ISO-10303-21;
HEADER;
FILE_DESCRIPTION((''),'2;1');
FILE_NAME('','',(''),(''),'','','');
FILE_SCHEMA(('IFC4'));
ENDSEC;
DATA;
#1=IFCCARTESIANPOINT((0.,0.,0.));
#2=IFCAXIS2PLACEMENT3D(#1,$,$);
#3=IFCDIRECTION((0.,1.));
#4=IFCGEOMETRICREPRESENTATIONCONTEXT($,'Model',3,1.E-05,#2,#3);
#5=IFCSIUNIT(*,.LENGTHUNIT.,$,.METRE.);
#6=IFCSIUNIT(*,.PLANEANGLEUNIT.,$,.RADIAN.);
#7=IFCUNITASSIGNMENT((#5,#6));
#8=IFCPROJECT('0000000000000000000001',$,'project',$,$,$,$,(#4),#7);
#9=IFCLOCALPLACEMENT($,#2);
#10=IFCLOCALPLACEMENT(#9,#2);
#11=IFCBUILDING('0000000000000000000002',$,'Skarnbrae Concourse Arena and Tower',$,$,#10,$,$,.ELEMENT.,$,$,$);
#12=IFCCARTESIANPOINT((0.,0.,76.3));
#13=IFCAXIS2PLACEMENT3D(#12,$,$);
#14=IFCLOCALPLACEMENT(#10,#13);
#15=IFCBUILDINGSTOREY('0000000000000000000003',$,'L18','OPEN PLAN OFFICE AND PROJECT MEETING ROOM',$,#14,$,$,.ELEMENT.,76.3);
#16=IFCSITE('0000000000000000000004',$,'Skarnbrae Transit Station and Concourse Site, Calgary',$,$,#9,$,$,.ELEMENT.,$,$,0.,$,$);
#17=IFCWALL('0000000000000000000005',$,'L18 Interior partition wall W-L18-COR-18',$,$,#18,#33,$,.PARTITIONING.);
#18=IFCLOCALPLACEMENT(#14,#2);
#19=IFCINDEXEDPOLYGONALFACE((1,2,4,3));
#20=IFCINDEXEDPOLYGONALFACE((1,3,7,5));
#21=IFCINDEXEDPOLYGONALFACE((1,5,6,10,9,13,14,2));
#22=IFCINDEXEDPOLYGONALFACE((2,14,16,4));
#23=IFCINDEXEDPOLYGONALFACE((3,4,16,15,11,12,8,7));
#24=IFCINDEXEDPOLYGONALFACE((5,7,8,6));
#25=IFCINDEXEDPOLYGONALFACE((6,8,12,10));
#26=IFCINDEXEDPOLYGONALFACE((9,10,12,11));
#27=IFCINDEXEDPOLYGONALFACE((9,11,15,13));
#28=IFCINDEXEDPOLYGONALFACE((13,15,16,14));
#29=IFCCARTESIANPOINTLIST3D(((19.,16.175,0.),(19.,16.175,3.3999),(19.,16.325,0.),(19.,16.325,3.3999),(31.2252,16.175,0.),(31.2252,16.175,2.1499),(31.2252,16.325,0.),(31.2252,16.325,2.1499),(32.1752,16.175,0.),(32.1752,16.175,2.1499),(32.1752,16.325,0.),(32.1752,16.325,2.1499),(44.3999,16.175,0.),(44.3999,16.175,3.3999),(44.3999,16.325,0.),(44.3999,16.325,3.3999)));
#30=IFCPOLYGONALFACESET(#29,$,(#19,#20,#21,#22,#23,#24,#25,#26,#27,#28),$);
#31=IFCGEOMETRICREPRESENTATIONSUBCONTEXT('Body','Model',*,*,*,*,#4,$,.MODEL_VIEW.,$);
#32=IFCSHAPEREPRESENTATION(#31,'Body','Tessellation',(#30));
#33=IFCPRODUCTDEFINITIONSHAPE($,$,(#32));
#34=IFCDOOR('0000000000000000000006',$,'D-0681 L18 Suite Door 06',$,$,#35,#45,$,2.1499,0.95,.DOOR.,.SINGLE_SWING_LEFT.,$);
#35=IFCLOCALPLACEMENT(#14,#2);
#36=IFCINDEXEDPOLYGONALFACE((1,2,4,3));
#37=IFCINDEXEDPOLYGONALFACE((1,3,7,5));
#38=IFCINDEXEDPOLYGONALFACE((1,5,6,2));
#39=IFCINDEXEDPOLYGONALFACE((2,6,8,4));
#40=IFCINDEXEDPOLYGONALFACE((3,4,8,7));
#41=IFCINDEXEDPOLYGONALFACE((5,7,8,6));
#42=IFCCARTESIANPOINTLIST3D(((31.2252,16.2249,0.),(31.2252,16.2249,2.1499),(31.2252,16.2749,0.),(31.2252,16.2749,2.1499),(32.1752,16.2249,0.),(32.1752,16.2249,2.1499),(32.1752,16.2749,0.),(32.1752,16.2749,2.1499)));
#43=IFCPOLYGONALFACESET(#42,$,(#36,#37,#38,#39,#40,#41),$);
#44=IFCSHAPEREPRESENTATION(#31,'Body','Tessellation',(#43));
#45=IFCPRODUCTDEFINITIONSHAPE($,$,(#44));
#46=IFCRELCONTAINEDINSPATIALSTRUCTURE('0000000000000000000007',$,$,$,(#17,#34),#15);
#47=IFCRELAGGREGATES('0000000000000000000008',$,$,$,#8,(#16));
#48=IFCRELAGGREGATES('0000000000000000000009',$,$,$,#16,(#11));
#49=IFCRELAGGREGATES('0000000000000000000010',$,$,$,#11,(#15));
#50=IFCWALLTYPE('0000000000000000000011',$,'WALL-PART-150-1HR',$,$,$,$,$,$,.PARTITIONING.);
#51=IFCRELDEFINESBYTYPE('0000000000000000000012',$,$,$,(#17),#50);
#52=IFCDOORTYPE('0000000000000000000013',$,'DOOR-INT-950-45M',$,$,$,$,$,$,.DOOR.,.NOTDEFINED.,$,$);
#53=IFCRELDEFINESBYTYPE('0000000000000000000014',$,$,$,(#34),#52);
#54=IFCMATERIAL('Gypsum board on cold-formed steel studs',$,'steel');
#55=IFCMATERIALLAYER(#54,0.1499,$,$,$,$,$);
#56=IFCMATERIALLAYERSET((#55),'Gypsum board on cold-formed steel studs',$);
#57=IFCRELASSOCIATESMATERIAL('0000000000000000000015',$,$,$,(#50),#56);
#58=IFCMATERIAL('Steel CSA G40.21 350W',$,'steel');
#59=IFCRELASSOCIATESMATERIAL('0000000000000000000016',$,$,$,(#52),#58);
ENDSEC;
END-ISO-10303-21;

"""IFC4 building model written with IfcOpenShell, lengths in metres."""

from ifc_helpers import new_model, si_unit, direction, frame, frame_2d, origin, place, context, subcontext, project, spatial, rectangle, extrude, source, transform, mapped, material, layer, layer_set, type_object, element, fill, save


model = new_model("IFC4")

# Units and contexts
model_context = context("Model", 3, precision=1e-05, world=origin(), true_north=direction((0.0, 1.0)))
body_context = subcontext(model_context, "Body", "Model", "MODEL_VIEW")
ifc_project = project(units=[si_unit("LENGTHUNIT", "METRE"), si_unit("PLANEANGLEUNIT", "RADIAN")], contexts=[model_context])

# Site, building, storey
site_placement = place(None, origin())
site = spatial("IfcSite", under=ifc_project, at=site_placement, Name="Skarnbrae Transit Station and Concourse Site, Calgary", CompositionType="ELEMENT", RefElevation=0.0)
building_placement = place(site_placement, origin())
building = spatial("IfcBuilding", under=site, at=building_placement, Name="Skarnbrae Concourse Arena and Tower", CompositionType="ELEMENT")
storey_placement = place(building_placement, frame((0.0, 0.0, 76.3)))
storey = spatial("IfcBuildingStorey", under=building, at=storey_placement, Name="L18", Description="OPEN PLAN OFFICE AND PROJECT MEETING ROOM", CompositionType="ELEMENT", Elevation=76.3)

# Shared definitions
ifc_material_1 = material(Name="Steel CSA G40.21 350W", Category="steel")

# Shared definitions
ifc_material_2 = material(Name="Gypsum board on cold-formed steel studs", Category="steel")
ifc_layer_1 = layer(ifc_material_2, 0.1499)
ifc_layer_set_1 = layer_set([ifc_layer_1], Name="Gypsum board on cold-formed steel studs")
wall_type_1 = type_object("IfcWallType", Name="WALL-PART-150-1HR", PredefinedType="PARTITIONING", material=ifc_layer_set_1)

# Shared definitions
door_type_1 = type_object("IfcDoorType", Name="DOOR-INT-950-45M", OperationType="NOTDEFINED", PredefinedType="DOOR", material=ifc_material_1)
shared_shape_1 = source(origin(), body_context, "Body", "SweptSolid", [
    extrude(rectangle(XDim=0.95, YDim=2.1499, at=frame_2d((0.4751, 1.075))), frame((0.0, 0.0249, 0.0), z_axis=(0.0, -1.0, 0.0), x_axis=(1.0, 0.0, 0.0)), (0.0, 0.0, 1.0), 0.05),
])

# Wall, opening, door
shared_shape_2 = source(origin(), body_context, "Body", "SweptSolid", [
    extrude(rectangle(XDim=25.3999, YDim=0.1499, at=frame_2d((12.7, 0.0))), origin(), (0.0, 0.0, 1.0), 3.3999),
])
wall_1_placement = place(storey_placement, frame((19.0, 16.25, 0.0), z_axis=(0.0, 0.0, 1.0), x_axis=(1.0, 0.0, 0.0)))
wall_1 = element("IfcWall", 1, at=wall_1_placement, inside=storey, type_object=wall_type_1, Name="L18 Interior partition wall W-L18-COR-18", PredefinedType="PARTITIONING", context=body_context, shape_type="MappedRepresentation", body=[
    mapped(shared_shape_2, transform((0.0, 0.0, 0.0))),
])
opening_1_placement = place(wall_1_placement, frame((12.2251, 0.0, 0.0)))
opening_1 = element("IfcOpeningElement", 2, at=opening_1_placement, cuts=wall_1, PredefinedType="OPENING", context=body_context, shape_type="SweptSolid", body=[
    extrude(rectangle(XDim=0.95, YDim=2.1499, at=frame_2d((0.4751, 1.075))), frame((0.0, 0.085, 0.0), z_axis=(0.0, -1.0, 0.0), x_axis=(1.0, 0.0, 0.0)), (0.0, 0.0, 1.0), 0.1699),
])
door_1_placement = place(opening_1_placement, origin())
door_1 = element("IfcDoor", 3, at=door_1_placement, inside=storey, type_object=door_type_1, Name="D-0681 L18 Suite Door 06", OperationType="SINGLE_SWING_LEFT", OverallHeight=2.1499, OverallWidth=0.95, PredefinedType="DOOR", context=body_context, shape_type="MappedRepresentation", body=[
    mapped(shared_shape_1, transform((0.0, 0.0, 0.0))),
])
fill(opening_1, door_1)

save(model, "model.ifc")
